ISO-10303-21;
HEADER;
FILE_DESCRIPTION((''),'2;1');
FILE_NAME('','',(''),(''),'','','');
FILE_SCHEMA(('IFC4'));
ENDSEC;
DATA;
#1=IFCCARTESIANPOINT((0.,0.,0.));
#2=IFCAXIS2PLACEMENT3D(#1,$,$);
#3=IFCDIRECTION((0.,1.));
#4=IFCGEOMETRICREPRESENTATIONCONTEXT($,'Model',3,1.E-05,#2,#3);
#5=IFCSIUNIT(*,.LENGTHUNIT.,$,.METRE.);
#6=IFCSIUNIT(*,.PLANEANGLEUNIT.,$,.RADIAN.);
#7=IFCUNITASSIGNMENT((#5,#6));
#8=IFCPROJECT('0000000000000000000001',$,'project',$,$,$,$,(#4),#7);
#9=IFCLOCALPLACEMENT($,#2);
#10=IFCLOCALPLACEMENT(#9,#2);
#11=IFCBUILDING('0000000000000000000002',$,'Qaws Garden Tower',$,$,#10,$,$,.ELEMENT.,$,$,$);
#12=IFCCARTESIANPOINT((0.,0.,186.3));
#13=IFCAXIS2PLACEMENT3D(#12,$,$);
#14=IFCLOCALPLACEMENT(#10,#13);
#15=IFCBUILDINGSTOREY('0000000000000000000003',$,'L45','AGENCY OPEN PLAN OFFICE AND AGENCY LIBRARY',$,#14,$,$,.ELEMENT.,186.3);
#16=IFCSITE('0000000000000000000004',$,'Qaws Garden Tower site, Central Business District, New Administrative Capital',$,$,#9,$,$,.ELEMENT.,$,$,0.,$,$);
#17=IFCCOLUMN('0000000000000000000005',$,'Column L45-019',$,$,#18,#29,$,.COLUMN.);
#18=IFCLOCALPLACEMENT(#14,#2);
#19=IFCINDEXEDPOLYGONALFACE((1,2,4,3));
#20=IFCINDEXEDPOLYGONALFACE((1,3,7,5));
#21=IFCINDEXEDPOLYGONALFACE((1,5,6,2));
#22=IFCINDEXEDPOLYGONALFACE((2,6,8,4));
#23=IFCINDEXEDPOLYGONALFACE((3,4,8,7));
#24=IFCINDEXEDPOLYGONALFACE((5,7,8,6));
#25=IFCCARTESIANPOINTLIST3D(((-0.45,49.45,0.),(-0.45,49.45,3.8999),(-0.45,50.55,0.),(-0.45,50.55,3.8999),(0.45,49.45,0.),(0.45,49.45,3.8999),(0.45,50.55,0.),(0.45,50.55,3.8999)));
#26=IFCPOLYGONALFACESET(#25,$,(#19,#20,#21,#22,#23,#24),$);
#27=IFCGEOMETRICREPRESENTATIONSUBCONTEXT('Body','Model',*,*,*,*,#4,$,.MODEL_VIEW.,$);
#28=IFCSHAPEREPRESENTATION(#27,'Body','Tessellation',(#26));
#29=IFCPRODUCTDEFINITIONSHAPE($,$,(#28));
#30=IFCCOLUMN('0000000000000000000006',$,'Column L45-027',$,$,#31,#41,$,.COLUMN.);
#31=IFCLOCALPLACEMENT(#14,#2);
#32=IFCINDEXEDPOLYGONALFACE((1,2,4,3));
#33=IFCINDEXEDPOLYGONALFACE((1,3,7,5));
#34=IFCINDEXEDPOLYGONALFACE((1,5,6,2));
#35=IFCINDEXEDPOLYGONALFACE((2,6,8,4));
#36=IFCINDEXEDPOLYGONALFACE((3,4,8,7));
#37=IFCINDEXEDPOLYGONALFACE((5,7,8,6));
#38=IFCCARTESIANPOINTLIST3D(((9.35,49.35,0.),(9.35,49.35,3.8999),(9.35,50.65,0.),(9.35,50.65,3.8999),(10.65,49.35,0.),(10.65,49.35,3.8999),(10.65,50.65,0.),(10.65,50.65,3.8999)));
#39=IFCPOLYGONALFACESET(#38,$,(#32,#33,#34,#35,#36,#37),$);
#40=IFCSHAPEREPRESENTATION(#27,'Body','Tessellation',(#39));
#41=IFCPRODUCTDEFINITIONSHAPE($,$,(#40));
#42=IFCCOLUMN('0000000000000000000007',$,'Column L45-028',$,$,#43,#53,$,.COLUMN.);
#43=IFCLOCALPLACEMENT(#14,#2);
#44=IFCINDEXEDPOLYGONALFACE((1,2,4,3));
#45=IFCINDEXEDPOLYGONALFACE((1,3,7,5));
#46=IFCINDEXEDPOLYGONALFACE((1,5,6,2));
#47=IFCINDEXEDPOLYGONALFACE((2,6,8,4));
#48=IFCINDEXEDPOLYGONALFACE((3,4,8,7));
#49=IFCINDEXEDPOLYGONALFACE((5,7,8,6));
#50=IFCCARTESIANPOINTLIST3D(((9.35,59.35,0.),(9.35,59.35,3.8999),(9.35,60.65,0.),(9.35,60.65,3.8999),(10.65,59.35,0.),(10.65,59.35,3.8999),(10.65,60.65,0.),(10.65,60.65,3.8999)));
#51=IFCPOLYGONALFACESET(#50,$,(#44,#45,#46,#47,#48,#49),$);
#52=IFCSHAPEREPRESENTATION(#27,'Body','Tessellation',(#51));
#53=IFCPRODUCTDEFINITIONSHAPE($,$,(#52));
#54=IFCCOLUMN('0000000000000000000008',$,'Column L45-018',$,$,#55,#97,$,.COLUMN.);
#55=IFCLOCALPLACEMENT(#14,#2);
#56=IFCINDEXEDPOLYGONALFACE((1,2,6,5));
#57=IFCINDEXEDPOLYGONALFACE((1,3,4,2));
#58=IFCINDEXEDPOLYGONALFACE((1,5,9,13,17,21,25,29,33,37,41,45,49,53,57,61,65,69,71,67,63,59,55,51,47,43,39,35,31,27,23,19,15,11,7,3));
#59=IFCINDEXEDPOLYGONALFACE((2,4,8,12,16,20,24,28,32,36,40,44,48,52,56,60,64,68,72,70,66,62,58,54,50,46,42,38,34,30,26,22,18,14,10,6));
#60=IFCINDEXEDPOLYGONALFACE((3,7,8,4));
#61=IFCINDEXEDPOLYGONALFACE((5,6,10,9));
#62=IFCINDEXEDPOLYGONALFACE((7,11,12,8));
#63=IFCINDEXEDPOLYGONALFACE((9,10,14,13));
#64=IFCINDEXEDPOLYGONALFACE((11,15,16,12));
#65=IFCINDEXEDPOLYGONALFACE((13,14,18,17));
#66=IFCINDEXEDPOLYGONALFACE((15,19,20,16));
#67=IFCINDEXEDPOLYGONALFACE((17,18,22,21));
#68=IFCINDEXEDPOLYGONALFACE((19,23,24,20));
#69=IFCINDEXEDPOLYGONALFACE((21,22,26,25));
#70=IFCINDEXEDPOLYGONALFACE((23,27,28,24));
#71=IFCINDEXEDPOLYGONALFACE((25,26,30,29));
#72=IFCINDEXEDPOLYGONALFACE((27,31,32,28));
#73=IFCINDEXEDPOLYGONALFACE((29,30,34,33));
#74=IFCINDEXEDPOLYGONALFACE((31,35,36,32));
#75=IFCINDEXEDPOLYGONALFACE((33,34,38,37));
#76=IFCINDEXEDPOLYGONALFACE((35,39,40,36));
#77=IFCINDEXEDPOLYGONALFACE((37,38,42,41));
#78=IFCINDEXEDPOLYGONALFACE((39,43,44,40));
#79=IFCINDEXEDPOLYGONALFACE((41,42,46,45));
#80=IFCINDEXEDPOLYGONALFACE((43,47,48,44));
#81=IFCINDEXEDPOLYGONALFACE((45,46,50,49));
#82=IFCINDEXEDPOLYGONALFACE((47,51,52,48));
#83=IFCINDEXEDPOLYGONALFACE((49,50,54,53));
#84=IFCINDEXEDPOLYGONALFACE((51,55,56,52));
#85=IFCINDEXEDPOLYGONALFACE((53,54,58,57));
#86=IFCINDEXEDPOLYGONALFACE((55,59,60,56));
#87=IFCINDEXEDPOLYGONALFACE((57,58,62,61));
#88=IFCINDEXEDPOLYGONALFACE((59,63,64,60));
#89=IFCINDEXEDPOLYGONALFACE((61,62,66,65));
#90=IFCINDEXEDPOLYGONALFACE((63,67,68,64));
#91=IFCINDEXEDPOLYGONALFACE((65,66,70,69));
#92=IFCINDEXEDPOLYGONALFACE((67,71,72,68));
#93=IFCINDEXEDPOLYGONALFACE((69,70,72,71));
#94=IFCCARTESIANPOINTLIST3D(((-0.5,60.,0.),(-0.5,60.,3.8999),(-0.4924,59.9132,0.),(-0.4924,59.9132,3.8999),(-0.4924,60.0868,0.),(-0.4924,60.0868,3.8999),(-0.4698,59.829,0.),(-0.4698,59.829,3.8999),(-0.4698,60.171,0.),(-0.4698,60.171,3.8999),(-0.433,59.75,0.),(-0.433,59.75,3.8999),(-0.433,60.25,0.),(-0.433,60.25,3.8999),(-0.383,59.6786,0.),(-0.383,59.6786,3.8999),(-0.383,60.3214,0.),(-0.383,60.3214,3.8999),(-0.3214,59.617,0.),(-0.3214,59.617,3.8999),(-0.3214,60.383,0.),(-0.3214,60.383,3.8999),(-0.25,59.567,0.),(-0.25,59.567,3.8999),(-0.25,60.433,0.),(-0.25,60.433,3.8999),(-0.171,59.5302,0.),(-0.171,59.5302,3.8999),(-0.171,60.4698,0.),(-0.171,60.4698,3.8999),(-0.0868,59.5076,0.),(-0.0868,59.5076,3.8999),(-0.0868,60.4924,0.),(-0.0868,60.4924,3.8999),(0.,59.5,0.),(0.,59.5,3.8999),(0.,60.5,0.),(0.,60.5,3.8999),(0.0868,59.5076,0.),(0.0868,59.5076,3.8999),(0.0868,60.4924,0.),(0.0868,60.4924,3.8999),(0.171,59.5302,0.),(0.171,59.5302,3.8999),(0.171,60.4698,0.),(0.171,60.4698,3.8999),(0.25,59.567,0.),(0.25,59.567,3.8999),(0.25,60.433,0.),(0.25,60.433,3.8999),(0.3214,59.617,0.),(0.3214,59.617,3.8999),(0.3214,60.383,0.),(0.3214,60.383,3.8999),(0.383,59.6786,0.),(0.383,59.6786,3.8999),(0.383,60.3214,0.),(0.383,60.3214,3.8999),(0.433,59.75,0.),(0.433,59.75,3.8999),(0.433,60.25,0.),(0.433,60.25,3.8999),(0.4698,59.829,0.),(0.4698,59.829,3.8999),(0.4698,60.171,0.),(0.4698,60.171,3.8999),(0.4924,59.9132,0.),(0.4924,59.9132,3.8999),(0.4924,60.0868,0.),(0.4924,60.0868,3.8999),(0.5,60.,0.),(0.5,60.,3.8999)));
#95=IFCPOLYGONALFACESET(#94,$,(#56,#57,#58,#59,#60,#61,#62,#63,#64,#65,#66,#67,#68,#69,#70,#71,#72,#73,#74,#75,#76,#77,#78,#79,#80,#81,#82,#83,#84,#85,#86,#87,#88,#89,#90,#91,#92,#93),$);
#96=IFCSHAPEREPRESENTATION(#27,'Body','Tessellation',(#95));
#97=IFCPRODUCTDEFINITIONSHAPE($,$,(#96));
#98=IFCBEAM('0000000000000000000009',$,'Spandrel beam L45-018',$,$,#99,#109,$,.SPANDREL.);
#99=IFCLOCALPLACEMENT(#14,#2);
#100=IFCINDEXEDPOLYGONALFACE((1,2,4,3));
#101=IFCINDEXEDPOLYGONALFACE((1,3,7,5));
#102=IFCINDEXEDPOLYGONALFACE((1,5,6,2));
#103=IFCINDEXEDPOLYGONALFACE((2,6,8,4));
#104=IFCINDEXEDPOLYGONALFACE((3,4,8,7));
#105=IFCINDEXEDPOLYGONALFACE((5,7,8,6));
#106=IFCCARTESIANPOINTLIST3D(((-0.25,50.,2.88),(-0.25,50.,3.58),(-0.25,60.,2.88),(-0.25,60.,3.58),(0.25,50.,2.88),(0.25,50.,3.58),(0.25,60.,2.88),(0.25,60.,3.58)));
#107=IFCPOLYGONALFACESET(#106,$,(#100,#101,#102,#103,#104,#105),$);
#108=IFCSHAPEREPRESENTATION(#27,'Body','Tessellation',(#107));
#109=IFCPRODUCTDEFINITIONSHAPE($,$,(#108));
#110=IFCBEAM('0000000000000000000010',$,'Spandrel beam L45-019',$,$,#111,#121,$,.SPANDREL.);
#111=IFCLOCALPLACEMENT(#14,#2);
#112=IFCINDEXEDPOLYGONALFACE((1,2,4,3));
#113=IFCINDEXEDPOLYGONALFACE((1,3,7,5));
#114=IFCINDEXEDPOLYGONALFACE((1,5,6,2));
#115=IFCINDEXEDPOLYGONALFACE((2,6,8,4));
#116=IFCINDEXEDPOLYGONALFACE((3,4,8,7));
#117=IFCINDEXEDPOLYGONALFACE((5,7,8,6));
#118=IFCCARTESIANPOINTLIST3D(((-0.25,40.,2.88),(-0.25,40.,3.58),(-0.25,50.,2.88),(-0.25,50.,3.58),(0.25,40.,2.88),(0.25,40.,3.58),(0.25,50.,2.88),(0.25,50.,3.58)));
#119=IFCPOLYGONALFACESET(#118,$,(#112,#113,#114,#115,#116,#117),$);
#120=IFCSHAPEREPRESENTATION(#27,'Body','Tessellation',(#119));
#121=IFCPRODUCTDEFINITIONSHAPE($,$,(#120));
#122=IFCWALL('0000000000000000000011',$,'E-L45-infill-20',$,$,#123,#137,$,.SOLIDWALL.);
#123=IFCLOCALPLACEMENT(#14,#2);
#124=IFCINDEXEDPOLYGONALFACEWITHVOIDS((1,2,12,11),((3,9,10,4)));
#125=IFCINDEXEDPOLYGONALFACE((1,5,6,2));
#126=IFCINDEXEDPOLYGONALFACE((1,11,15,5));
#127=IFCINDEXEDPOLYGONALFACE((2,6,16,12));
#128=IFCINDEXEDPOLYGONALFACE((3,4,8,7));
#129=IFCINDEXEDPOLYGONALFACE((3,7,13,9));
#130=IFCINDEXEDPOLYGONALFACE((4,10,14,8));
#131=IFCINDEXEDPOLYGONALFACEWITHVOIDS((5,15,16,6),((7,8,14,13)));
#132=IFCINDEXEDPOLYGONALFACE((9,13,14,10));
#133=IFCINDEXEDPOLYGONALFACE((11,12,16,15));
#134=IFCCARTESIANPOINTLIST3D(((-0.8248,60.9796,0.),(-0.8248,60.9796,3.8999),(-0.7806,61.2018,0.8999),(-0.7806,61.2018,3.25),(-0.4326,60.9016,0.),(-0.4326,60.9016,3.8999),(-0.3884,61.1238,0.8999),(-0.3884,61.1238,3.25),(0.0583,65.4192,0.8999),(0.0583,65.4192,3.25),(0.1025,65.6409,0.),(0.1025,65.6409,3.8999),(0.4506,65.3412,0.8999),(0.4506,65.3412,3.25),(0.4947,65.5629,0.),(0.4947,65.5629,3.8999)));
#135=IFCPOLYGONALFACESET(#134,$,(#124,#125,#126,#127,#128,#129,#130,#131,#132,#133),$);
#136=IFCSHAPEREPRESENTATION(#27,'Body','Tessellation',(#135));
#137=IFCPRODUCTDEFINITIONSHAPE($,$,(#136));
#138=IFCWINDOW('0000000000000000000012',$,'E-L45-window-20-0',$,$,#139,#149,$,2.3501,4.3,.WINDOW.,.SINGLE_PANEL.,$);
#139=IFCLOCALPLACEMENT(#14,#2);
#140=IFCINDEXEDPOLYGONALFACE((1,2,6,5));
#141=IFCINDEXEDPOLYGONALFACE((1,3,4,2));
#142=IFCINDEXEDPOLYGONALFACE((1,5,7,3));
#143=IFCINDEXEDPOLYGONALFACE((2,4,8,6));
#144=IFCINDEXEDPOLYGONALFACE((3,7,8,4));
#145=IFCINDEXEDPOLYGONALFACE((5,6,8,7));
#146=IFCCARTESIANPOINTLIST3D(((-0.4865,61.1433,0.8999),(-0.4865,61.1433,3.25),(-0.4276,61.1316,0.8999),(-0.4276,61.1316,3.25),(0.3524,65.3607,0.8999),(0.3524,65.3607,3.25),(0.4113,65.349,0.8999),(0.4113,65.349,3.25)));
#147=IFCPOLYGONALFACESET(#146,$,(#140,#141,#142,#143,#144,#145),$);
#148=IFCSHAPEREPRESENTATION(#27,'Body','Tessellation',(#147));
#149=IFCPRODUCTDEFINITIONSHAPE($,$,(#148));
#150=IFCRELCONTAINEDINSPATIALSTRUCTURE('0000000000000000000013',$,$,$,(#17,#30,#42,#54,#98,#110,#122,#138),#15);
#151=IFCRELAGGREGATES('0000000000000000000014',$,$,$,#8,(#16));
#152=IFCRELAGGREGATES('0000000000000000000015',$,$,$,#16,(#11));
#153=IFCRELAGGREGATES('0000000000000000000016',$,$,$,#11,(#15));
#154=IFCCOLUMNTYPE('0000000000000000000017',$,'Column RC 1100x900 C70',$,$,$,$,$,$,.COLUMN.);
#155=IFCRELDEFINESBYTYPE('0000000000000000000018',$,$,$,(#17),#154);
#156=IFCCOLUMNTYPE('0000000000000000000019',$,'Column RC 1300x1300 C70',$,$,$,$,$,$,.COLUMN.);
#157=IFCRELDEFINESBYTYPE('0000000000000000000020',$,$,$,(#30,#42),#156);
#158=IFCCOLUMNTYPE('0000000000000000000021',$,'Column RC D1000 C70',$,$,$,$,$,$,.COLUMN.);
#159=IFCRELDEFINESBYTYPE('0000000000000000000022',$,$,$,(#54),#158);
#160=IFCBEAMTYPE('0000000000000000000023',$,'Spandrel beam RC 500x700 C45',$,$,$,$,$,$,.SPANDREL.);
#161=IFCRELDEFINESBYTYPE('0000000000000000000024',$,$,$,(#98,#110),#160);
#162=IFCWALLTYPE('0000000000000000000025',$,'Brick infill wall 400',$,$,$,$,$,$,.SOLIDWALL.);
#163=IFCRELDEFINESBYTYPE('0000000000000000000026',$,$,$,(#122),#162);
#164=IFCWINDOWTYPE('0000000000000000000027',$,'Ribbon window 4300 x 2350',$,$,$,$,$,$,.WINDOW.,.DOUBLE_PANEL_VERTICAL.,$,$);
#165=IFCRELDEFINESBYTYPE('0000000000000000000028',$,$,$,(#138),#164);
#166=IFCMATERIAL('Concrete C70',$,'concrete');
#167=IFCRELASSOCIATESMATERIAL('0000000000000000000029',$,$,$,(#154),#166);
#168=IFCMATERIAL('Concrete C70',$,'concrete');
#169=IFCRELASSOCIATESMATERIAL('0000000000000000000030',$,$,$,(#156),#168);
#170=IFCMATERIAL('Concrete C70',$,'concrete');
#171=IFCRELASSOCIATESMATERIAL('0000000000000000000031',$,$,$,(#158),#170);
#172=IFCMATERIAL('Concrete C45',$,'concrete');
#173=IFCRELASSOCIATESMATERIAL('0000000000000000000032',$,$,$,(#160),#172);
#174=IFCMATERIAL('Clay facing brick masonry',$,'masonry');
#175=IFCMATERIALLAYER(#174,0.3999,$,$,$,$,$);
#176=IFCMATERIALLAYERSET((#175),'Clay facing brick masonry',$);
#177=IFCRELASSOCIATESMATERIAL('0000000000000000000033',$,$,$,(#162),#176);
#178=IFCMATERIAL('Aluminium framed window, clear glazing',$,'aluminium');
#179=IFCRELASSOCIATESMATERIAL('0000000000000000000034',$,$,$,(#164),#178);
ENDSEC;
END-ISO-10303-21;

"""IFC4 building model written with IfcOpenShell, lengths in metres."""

from ifc_helpers import new_model, si_unit, direction, frame, frame_2d, origin, origin_2d, place, context, subcontext, project, spatial, rectangle, circle, extrude, material, layer, layer_set, material_profile, profile_set, type_object, element, fill, save


model = new_model("IFC4")

# Units and contexts
model_context = context("Model", 3, precision=1e-05, world=origin(), true_north=direction((0.0, 1.0)))
body_context = subcontext(model_context, "Body", "Model", "MODEL_VIEW")
ifc_project = project(units=[si_unit("LENGTHUNIT", "METRE"), si_unit("PLANEANGLEUNIT", "RADIAN")], contexts=[model_context])

# Site, building, storey
site_placement = place(None, origin())
site = spatial("IfcSite", under=ifc_project, at=site_placement, Name="Qaws Garden Tower site, Central Business District, New Administrative Capital", CompositionType="ELEMENT", RefElevation=0.0)
building_placement = place(site_placement, origin())
building = spatial("IfcBuilding", under=site, at=building_placement, Name="Qaws Garden Tower", CompositionType="ELEMENT")
storey_placement = place(building_placement, frame((0.0, 0.0, 186.3)))
storey = spatial("IfcBuildingStorey", under=building, at=storey_placement, Name="L45", Description="AGENCY OPEN PLAN OFFICE AND AGENCY LIBRARY", CompositionType="ELEMENT", Elevation=186.3)

# Columns
ifc_material_1 = material(Name="Concrete C70", Category="concrete")
ifc_material_profile_1 = material_profile(ifc_material_1, rectangle(XDim=1.1001, YDim=0.8999, at=origin_2d()), Name="RC 1100x900")
ifc_profile_set_1 = profile_set([ifc_material_profile_1], Name="Concrete C70")
column_type_1 = type_object("IfcColumnType", Name="Column RC 1100x900 C70", PredefinedType="COLUMN", material=ifc_profile_set_1)
column_1_placement = place(storey_placement, frame((0.0, 50.0, 0.0), z_axis=(0.0, 0.0, 1.0), x_axis=(0.0, 1.0, 0.0)))
element("IfcColumn", 1, at=column_1_placement, inside=storey, type_object=column_type_1, Name="Column L45-019", PredefinedType="COLUMN", context=body_context, shape_type="SweptSolid", body=[
    extrude(rectangle(XDim=1.1001, YDim=0.8999, at=origin_2d()), origin(), (0.0, 0.0, 1.0), 3.8999),
])
ifc_material_2 = material(Name="Concrete C70", Category="concrete")
ifc_material_profile_2 = material_profile(ifc_material_2, rectangle(XDim=1.3, YDim=1.3, at=origin_2d()), Name="RC 1300x1300")
ifc_profile_set_2 = profile_set([ifc_material_profile_2], Name="Concrete C70")
column_type_2 = type_object("IfcColumnType", Name="Column RC 1300x1300 C70", PredefinedType="COLUMN", material=ifc_profile_set_2)
for number, where, z_axis, x_axis, name in (
    (2, (10.0, 50.0, 0.0), (0.0, 0.0, 1.0), (1.0, 0.0, 0.0), "Column L45-027"),
    (3, (10.0, 60.0, 0.0), (0.0, 0.0, 1.0), (1.0, 0.0, 0.0), "Column L45-028"),
):
    element("IfcColumn", number, at=place(storey_placement, frame(where, z_axis=z_axis, x_axis=x_axis)), inside=storey, type_object=column_type_2, Name=name, PredefinedType="COLUMN", context=body_context, shape_type="SweptSolid", body=[
        extrude(rectangle(XDim=1.3, YDim=1.3, at=origin_2d()), origin(), (0.0, 0.0, 1.0), 3.8999),
    ])
ifc_material_3 = material(Name="Concrete C70", Category="concrete")
ifc_material_profile_3 = material_profile(ifc_material_3, circle(Radius=0.5, at=origin_2d()), Name="RC D1000")
ifc_profile_set_3 = profile_set([ifc_material_profile_3], Name="Concrete C70")
column_type_3 = type_object("IfcColumnType", Name="Column RC D1000 C70", PredefinedType="COLUMN", material=ifc_profile_set_3)
column_2_placement = place(storey_placement, frame((0.0, 60.0, 0.0), z_axis=(0.0, 0.0, 1.0), x_axis=(1.0, 0.0, 0.0)))
element("IfcColumn", 4, at=column_2_placement, inside=storey, type_object=column_type_3, Name="Column L45-018", PredefinedType="COLUMN", context=body_context, shape_type="SweptSolid", body=[
    extrude(circle(Radius=0.5, at=origin_2d()), origin(), (0.0, 0.0, 1.0), 3.8999),
])

# Beams
ifc_material_4 = material(Name="Concrete C45", Category="concrete")
ifc_material_profile_4 = material_profile(ifc_material_4, rectangle(XDim=0.5, YDim=0.7, at=origin_2d()), Name="RC 500x700")
ifc_profile_set_4 = profile_set([ifc_material_profile_4], Name="Concrete C45")
beam_type = type_object("IfcBeamType", Name="Spandrel beam RC 500x700 C45", PredefinedType="SPANDREL", material=ifc_profile_set_4)
for number, where, z_axis, x_axis, name in (
    (5, (0.0, 60.0, 3.23), (0.0, -1.0, 0.0), (1.0, 0.0, 0.0), "Spandrel beam L45-018"),
    (6, (0.0, 50.0, 3.23), (0.0, -1.0, 0.0), (1.0, 0.0, 0.0), "Spandrel beam L45-019"),
):
    element("IfcBeam", number, at=place(storey_placement, frame(where, z_axis=z_axis, x_axis=x_axis)), inside=storey, type_object=beam_type, Name=name, PredefinedType="SPANDREL", context=body_context, shape_type="SweptSolid", body=[
        extrude(rectangle(XDim=0.5, YDim=0.7, at=origin_2d()), origin(), (0.0, 0.0, 1.0), 10.0),
    ])

# Wall, opening, window
ifc_material_5 = material(Name="Clay facing brick masonry", Category="masonry")
ifc_layer_1 = layer(ifc_material_5, 0.3999)
ifc_layer_set_1 = layer_set([ifc_layer_1], Name="Clay facing brick masonry")
wall_type_1 = type_object("IfcWallType", Name="Brick infill wall 400", PredefinedType="SOLIDWALL", material=ifc_layer_set_1)
wall_1_placement = place(storey_placement, frame((0.2986, 65.6021, 0.0), z_axis=(0.0, 0.0, 1.0), x_axis=(-0.195099, -0.980784, 0.0)))
wall_1 = element("IfcWall", 7, at=wall_1_placement, inside=storey, type_object=wall_type_1, Name="E-L45-infill-20", PredefinedType="SOLIDWALL", context=body_context, shape_type="SweptSolid", body=[
    extrude(rectangle(XDim=4.7527, YDim=0.3999, at=frame_2d((2.3765, 0.0))), origin(), (0.0, 0.0, 1.0), 3.8999),
])
opening_1_placement = place(wall_1_placement, frame((0.2263, 0.0, 0.8999)))
opening_1 = element("IfcOpeningElement", 8, at=opening_1_placement, cuts=wall_1, PredefinedType="OPENING", context=body_context, shape_type="SweptSolid", body=[
    extrude(rectangle(XDim=4.3, YDim=2.3501, at=frame_2d((2.1499, 1.175))), frame((0.0, 0.21, 0.0), z_axis=(0.0, -1.0, 0.0), x_axis=(1.0, 0.0, 0.0)), (0.0, 0.0, 1.0), 0.4199),
])
ifc_material_6 = material(Name="Aluminium framed window, clear glazing", Category="aluminium")
window_type_1 = type_object("IfcWindowType", Name="Ribbon window 4300 x 2350", PartitioningType="DOUBLE_PANEL_VERTICAL", PredefinedType="WINDOW", material=ifc_material_6)
window_1_placement = place(opening_1_placement, origin())
window_1 = element("IfcWindow", 9, at=window_1_placement, inside=storey, type_object=window_type_1, Name="E-L45-window-20-0", OverallHeight=2.3501, OverallWidth=4.3, PartitioningType="SINGLE_PANEL", PredefinedType="WINDOW", context=body_context, shape_type="SweptSolid", body=[
    extrude(rectangle(XDim=4.3, YDim=2.3501, at=frame_2d((2.1499, 1.175))), frame((0.0, 0.1599, 0.0), z_axis=(0.0, -1.0, 0.0), x_axis=(1.0, 0.0, 0.0)), (0.0, 0.0, 1.0), 0.0601),
])
fill(opening_1, window_1)

save(model, "model.ifc")
